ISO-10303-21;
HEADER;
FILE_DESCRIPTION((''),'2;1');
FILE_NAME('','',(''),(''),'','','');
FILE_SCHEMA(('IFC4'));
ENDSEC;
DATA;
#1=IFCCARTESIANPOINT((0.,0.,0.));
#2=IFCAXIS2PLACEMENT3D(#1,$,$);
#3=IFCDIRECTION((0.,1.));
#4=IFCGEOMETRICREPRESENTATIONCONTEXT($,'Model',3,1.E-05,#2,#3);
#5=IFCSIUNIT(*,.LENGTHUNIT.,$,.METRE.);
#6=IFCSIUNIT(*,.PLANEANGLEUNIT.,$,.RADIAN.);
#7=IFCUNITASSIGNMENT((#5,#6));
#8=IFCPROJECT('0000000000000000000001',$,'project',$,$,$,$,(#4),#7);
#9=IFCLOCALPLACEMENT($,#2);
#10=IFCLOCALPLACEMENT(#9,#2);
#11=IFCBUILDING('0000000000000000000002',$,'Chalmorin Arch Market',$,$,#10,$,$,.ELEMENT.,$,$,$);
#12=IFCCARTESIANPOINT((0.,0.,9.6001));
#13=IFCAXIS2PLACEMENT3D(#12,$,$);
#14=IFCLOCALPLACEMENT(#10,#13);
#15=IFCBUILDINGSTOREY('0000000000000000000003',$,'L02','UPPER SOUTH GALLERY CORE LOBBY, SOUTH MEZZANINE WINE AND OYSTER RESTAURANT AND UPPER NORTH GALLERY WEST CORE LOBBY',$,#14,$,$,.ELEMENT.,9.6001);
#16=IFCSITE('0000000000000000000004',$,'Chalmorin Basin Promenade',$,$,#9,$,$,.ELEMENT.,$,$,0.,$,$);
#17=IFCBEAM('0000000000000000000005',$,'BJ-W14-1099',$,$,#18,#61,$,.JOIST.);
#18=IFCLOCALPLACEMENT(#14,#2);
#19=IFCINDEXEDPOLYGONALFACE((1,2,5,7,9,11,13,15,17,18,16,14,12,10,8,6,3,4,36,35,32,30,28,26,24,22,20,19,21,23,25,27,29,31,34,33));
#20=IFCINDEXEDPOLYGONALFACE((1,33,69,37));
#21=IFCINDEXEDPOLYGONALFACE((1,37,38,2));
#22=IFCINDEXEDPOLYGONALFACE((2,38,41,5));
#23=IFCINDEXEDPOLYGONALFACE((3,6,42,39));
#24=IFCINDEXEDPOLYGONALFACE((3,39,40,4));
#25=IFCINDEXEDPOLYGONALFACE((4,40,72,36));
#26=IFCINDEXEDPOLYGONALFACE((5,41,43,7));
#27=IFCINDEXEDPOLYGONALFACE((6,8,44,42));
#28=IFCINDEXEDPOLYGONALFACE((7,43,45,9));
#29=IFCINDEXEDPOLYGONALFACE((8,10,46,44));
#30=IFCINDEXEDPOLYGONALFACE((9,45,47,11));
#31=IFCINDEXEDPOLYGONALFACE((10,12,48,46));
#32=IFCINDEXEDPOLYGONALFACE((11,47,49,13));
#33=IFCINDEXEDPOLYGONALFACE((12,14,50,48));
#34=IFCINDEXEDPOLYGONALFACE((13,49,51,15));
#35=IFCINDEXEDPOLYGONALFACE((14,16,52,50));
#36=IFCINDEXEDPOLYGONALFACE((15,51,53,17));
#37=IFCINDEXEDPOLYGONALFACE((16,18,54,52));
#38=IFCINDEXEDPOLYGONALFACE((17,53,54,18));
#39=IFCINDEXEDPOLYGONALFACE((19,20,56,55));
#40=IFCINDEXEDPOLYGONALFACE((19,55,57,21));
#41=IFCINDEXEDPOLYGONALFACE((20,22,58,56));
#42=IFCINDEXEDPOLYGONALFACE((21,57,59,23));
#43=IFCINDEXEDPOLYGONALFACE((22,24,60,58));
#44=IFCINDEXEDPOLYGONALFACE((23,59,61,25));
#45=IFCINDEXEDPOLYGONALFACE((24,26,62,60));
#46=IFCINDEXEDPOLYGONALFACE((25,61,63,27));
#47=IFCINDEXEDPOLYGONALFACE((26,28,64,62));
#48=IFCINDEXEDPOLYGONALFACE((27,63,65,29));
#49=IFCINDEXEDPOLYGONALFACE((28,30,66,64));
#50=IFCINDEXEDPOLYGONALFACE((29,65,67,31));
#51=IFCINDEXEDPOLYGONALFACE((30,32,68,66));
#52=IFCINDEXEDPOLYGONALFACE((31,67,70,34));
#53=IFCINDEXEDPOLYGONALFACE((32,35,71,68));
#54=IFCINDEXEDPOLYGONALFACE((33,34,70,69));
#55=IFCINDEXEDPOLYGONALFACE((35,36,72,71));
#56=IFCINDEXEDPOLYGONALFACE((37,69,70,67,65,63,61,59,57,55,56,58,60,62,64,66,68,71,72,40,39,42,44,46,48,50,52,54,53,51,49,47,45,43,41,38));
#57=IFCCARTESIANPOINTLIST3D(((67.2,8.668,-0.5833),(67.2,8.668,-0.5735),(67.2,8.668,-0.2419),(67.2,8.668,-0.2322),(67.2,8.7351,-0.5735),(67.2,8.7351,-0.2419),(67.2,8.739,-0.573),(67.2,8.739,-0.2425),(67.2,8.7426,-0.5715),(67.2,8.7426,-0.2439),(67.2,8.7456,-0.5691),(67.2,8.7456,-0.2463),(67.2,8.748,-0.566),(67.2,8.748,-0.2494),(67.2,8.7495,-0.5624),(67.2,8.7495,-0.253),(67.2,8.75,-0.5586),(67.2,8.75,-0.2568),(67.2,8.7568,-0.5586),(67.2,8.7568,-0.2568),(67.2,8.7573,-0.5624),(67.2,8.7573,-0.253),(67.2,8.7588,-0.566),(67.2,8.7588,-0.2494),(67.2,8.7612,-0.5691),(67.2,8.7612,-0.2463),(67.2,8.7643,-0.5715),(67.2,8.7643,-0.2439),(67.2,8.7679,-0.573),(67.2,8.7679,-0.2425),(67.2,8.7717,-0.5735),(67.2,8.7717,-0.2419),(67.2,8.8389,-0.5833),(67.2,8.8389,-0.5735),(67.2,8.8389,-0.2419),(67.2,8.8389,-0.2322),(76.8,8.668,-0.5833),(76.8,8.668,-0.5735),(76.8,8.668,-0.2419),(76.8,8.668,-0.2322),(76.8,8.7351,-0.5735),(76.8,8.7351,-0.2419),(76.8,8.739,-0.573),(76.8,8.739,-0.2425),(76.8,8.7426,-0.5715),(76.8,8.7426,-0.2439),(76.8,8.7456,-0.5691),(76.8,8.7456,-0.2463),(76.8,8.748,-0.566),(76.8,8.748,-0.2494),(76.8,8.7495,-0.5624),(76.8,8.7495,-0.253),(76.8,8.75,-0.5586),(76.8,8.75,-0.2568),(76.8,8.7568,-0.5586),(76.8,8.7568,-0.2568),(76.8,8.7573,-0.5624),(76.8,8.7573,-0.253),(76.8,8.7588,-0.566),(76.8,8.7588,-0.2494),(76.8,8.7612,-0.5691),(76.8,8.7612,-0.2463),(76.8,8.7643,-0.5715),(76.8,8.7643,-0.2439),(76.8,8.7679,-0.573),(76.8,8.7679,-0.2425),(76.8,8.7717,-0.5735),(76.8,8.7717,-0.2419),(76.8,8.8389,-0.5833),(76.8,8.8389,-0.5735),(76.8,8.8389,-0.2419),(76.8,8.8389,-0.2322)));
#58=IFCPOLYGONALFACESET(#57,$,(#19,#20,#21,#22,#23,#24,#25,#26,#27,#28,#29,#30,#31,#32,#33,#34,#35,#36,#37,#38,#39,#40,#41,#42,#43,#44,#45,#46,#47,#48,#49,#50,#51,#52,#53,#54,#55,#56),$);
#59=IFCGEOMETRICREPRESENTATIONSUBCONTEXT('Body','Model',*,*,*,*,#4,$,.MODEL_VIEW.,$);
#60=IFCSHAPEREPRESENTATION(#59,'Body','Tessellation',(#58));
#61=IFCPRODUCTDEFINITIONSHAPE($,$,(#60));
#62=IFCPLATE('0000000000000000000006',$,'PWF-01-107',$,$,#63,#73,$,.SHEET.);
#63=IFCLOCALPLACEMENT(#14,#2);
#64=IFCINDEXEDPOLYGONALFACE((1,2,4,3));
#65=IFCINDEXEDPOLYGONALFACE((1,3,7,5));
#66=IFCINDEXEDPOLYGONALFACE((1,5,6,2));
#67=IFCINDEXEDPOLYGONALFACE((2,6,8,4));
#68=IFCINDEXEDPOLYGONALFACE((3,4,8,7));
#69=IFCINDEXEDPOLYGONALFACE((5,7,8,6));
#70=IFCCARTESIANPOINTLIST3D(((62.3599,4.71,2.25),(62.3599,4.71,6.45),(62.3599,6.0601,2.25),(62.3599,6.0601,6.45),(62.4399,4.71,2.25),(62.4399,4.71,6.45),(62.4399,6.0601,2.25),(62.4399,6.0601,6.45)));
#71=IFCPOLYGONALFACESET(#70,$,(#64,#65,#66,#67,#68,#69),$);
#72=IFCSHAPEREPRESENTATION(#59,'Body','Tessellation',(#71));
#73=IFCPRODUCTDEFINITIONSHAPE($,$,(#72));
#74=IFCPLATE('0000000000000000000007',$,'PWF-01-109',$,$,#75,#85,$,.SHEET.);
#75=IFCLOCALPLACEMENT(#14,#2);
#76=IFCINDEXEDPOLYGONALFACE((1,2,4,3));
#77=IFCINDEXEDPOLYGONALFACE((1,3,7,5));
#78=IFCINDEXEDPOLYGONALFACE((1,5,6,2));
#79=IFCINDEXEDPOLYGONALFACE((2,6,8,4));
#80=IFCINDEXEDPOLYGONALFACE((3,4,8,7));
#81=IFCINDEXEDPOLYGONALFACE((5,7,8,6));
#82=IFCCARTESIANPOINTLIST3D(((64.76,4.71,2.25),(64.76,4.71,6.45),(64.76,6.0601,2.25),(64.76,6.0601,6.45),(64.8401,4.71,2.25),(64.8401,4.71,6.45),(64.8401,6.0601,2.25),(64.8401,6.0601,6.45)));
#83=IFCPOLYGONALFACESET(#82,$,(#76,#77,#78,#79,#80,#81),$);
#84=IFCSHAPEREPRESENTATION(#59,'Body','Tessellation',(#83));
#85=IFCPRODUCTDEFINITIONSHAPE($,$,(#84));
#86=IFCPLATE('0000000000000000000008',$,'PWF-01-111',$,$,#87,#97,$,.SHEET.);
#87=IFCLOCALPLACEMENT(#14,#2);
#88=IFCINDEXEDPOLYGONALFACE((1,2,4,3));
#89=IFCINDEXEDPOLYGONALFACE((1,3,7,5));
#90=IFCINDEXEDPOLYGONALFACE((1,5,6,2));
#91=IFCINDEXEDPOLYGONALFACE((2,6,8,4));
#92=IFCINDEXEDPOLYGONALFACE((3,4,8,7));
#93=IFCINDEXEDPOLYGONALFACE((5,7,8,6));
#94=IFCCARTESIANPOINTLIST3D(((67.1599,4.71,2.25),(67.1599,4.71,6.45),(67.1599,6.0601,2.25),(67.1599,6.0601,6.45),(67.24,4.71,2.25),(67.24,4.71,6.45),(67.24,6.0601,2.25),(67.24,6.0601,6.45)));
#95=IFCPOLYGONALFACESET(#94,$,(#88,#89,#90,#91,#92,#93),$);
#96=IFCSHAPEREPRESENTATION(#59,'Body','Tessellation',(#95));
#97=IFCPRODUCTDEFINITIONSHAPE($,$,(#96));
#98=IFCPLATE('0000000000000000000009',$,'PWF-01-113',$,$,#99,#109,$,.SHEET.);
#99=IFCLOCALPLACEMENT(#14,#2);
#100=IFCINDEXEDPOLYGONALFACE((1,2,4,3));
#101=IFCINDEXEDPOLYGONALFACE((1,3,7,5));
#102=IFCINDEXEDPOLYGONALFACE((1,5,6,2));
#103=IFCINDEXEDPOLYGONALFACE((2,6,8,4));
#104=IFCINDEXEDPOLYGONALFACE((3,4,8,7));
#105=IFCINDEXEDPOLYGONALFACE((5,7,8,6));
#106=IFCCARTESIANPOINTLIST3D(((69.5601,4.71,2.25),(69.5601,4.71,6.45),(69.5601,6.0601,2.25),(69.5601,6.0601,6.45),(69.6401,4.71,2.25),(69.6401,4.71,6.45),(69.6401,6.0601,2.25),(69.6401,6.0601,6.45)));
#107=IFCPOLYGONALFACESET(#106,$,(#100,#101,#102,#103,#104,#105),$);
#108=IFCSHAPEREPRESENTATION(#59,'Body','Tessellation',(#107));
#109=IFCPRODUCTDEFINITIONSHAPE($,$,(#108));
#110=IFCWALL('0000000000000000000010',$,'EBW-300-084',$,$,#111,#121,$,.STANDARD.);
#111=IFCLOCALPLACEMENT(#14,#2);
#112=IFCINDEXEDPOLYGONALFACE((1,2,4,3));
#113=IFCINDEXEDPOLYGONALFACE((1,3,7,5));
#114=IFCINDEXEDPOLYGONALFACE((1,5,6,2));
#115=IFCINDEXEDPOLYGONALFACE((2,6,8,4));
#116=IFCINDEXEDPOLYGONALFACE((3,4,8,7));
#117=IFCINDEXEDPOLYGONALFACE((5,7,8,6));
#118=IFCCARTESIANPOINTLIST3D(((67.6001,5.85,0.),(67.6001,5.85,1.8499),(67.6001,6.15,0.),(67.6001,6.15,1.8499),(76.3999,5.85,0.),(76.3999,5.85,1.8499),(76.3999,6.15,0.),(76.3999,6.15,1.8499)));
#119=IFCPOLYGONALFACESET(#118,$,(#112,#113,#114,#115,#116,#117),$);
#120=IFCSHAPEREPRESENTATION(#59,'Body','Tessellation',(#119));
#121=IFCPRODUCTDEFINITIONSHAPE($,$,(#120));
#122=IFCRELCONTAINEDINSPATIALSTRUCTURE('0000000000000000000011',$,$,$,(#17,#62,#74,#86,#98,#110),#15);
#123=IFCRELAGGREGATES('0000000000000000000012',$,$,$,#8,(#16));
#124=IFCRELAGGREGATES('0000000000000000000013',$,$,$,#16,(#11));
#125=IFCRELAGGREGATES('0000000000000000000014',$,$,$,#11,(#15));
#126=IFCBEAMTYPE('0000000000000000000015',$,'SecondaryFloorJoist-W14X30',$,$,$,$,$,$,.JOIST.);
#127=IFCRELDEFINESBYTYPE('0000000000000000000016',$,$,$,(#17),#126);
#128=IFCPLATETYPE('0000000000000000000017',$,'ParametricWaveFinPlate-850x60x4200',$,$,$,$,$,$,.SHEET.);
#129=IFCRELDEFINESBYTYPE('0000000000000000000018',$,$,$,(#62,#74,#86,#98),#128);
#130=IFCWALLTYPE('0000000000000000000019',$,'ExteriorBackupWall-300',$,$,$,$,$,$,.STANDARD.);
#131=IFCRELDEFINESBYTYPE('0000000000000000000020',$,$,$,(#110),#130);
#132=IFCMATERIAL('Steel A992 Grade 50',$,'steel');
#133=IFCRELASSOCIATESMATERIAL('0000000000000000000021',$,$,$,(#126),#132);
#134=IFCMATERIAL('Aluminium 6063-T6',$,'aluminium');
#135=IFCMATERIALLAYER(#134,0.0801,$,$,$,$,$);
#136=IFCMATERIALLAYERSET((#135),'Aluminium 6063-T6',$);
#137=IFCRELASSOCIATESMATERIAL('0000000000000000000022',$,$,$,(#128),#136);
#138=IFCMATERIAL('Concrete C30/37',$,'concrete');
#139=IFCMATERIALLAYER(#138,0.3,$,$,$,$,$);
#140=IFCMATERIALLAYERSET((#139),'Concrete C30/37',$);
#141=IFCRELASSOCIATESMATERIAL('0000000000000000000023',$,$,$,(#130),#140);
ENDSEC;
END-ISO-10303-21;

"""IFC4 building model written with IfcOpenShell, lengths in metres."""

from ifc_helpers import new_model, si_unit, direction, frame, frame_2d, origin, origin_2d, place, context, subcontext, project, spatial, rectangle, i_section, extrude, material, layer, layer_set, material_profile, profile_set, type_object, element, save


model = new_model("IFC4")

# Units and contexts
model_context = context("Model", 3, precision=1e-05, world=origin(), true_north=direction((0.0, 1.0)))
body_context = subcontext(model_context, "Body", "Model", "MODEL_VIEW")
ifc_project = project(units=[si_unit("LENGTHUNIT", "METRE"), si_unit("PLANEANGLEUNIT", "RADIAN")], contexts=[model_context])

# Site, building, storey
site_placement = place(None, origin())
site = spatial("IfcSite", under=ifc_project, at=site_placement, Name="Chalmorin Basin Promenade", CompositionType="ELEMENT", RefElevation=0.0)
building_placement = place(site_placement, origin())
building = spatial("IfcBuilding", under=site, at=building_placement, Name="Chalmorin Arch Market", CompositionType="ELEMENT")
storey_placement = place(building_placement, frame((0.0, 0.0, 9.6001)))
storey = spatial("IfcBuildingStorey", under=building, at=storey_placement, Name="L02", Description="UPPER SOUTH GALLERY CORE LOBBY, SOUTH MEZZANINE WINE AND OYSTER RESTAURANT AND UPPER NORTH GALLERY WEST CORE LOBBY", CompositionType="ELEMENT", Elevation=9.6001)

# Beam
ifc_material_1 = material(Name="Steel A992 Grade 50", Category="steel")
ifc_material_profile_1 = material_profile(ifc_material_1, i_section(OverallWidth=0.1709, OverallDepth=0.3511, WebThickness=0.0068, FlangeThickness=0.0098, FilletRadius=0.0149, at=origin_2d()), Name="W14X30")
ifc_profile_set_1 = profile_set([ifc_material_profile_1], Name="Steel A992 Grade 50")
beam_type_1 = type_object("IfcBeamType", Name="SecondaryFloorJoist-W14X30", PredefinedType="JOIST", material=ifc_profile_set_1)
beam_1_placement = place(storey_placement, frame((67.2, 8.7534, -0.4077), z_axis=(1.0, 0.0, 0.0), x_axis=(0.0, 1.0, 0.0)))
element("IfcBeam", 1, at=beam_1_placement, inside=storey, type_object=beam_type_1, Name="BJ-W14-1099", PredefinedType="JOIST", context=body_context, shape_type="SweptSolid", body=[
    extrude(i_section(OverallWidth=0.1709, OverallDepth=0.3511, WebThickness=0.0068, FlangeThickness=0.0098, FilletRadius=0.0149, at=origin_2d()), origin(), (0.0, 0.0, 1.0), 9.6001),
])

# Plates
ifc_material_2 = material(Name="Aluminium 6063-T6", Category="aluminium")
ifc_layer_1 = layer(ifc_material_2, 0.0801)
ifc_layer_set_1 = layer_set([ifc_layer_1], Name="Aluminium 6063-T6")
plate_type = type_object("IfcPlateType", Name="ParametricWaveFinPlate-850x60x4200", PredefinedType="SHEET", material=ifc_layer_set_1)
for number, where, z_axis, x_axis, name in (
    (2, (62.3999, 5.385, 2.25), (0.0, 0.0, 1.0), (0.0, 1.0, 0.0), "PWF-01-107"),
    (3, (64.8, 5.385, 2.25), (0.0, 0.0, 1.0), (0.0, 1.0, 0.0), "PWF-01-109"),
    (4, (67.2, 5.385, 2.25), (0.0, 0.0, 1.0), (0.0, 1.0, 0.0), "PWF-01-111"),
    (5, (69.6001, 5.385, 2.25), (0.0, 0.0, 1.0), (0.0, 1.0, 0.0), "PWF-01-113"),
):
    element("IfcPlate", number, at=place(storey_placement, frame(where, z_axis=z_axis, x_axis=x_axis)), inside=storey, type_object=plate_type, Name=name, PredefinedType="SHEET", context=body_context, shape_type="SweptSolid", body=[
        extrude(rectangle(XDim=1.3501, YDim=0.0801, at=origin_2d()), origin(), (0.0, 0.0, 1.0), 4.2),
    ])

# Wall
ifc_material_3 = material(Name="Concrete C30/37", Category="concrete")
ifc_layer_2 = layer(ifc_material_3, 0.3)
ifc_layer_set_2 = layer_set([ifc_layer_2], Name="Concrete C30/37")
wall_type = type_object("IfcWallType", Name="ExteriorBackupWall-300", PredefinedType="STANDARD", material=ifc_layer_set_2)
wall_1_placement = place(storey_placement, frame((67.6001, 6.0, 0.0), z_axis=(0.0, 0.0, 1.0), x_axis=(1.0, 0.0, 0.0)))
element("IfcWall", 6, at=wall_1_placement, inside=storey, type_object=wall_type, Name="EBW-300-084", PredefinedType="STANDARD", context=body_context, shape_type="SweptSolid", body=[
    extrude(rectangle(XDim=8.7998, YDim=0.3, at=frame_2d((4.3999, 0.0))), origin(), (0.0, 0.0, 1.0), 1.8499),
])

save(model, "model.ifc")
